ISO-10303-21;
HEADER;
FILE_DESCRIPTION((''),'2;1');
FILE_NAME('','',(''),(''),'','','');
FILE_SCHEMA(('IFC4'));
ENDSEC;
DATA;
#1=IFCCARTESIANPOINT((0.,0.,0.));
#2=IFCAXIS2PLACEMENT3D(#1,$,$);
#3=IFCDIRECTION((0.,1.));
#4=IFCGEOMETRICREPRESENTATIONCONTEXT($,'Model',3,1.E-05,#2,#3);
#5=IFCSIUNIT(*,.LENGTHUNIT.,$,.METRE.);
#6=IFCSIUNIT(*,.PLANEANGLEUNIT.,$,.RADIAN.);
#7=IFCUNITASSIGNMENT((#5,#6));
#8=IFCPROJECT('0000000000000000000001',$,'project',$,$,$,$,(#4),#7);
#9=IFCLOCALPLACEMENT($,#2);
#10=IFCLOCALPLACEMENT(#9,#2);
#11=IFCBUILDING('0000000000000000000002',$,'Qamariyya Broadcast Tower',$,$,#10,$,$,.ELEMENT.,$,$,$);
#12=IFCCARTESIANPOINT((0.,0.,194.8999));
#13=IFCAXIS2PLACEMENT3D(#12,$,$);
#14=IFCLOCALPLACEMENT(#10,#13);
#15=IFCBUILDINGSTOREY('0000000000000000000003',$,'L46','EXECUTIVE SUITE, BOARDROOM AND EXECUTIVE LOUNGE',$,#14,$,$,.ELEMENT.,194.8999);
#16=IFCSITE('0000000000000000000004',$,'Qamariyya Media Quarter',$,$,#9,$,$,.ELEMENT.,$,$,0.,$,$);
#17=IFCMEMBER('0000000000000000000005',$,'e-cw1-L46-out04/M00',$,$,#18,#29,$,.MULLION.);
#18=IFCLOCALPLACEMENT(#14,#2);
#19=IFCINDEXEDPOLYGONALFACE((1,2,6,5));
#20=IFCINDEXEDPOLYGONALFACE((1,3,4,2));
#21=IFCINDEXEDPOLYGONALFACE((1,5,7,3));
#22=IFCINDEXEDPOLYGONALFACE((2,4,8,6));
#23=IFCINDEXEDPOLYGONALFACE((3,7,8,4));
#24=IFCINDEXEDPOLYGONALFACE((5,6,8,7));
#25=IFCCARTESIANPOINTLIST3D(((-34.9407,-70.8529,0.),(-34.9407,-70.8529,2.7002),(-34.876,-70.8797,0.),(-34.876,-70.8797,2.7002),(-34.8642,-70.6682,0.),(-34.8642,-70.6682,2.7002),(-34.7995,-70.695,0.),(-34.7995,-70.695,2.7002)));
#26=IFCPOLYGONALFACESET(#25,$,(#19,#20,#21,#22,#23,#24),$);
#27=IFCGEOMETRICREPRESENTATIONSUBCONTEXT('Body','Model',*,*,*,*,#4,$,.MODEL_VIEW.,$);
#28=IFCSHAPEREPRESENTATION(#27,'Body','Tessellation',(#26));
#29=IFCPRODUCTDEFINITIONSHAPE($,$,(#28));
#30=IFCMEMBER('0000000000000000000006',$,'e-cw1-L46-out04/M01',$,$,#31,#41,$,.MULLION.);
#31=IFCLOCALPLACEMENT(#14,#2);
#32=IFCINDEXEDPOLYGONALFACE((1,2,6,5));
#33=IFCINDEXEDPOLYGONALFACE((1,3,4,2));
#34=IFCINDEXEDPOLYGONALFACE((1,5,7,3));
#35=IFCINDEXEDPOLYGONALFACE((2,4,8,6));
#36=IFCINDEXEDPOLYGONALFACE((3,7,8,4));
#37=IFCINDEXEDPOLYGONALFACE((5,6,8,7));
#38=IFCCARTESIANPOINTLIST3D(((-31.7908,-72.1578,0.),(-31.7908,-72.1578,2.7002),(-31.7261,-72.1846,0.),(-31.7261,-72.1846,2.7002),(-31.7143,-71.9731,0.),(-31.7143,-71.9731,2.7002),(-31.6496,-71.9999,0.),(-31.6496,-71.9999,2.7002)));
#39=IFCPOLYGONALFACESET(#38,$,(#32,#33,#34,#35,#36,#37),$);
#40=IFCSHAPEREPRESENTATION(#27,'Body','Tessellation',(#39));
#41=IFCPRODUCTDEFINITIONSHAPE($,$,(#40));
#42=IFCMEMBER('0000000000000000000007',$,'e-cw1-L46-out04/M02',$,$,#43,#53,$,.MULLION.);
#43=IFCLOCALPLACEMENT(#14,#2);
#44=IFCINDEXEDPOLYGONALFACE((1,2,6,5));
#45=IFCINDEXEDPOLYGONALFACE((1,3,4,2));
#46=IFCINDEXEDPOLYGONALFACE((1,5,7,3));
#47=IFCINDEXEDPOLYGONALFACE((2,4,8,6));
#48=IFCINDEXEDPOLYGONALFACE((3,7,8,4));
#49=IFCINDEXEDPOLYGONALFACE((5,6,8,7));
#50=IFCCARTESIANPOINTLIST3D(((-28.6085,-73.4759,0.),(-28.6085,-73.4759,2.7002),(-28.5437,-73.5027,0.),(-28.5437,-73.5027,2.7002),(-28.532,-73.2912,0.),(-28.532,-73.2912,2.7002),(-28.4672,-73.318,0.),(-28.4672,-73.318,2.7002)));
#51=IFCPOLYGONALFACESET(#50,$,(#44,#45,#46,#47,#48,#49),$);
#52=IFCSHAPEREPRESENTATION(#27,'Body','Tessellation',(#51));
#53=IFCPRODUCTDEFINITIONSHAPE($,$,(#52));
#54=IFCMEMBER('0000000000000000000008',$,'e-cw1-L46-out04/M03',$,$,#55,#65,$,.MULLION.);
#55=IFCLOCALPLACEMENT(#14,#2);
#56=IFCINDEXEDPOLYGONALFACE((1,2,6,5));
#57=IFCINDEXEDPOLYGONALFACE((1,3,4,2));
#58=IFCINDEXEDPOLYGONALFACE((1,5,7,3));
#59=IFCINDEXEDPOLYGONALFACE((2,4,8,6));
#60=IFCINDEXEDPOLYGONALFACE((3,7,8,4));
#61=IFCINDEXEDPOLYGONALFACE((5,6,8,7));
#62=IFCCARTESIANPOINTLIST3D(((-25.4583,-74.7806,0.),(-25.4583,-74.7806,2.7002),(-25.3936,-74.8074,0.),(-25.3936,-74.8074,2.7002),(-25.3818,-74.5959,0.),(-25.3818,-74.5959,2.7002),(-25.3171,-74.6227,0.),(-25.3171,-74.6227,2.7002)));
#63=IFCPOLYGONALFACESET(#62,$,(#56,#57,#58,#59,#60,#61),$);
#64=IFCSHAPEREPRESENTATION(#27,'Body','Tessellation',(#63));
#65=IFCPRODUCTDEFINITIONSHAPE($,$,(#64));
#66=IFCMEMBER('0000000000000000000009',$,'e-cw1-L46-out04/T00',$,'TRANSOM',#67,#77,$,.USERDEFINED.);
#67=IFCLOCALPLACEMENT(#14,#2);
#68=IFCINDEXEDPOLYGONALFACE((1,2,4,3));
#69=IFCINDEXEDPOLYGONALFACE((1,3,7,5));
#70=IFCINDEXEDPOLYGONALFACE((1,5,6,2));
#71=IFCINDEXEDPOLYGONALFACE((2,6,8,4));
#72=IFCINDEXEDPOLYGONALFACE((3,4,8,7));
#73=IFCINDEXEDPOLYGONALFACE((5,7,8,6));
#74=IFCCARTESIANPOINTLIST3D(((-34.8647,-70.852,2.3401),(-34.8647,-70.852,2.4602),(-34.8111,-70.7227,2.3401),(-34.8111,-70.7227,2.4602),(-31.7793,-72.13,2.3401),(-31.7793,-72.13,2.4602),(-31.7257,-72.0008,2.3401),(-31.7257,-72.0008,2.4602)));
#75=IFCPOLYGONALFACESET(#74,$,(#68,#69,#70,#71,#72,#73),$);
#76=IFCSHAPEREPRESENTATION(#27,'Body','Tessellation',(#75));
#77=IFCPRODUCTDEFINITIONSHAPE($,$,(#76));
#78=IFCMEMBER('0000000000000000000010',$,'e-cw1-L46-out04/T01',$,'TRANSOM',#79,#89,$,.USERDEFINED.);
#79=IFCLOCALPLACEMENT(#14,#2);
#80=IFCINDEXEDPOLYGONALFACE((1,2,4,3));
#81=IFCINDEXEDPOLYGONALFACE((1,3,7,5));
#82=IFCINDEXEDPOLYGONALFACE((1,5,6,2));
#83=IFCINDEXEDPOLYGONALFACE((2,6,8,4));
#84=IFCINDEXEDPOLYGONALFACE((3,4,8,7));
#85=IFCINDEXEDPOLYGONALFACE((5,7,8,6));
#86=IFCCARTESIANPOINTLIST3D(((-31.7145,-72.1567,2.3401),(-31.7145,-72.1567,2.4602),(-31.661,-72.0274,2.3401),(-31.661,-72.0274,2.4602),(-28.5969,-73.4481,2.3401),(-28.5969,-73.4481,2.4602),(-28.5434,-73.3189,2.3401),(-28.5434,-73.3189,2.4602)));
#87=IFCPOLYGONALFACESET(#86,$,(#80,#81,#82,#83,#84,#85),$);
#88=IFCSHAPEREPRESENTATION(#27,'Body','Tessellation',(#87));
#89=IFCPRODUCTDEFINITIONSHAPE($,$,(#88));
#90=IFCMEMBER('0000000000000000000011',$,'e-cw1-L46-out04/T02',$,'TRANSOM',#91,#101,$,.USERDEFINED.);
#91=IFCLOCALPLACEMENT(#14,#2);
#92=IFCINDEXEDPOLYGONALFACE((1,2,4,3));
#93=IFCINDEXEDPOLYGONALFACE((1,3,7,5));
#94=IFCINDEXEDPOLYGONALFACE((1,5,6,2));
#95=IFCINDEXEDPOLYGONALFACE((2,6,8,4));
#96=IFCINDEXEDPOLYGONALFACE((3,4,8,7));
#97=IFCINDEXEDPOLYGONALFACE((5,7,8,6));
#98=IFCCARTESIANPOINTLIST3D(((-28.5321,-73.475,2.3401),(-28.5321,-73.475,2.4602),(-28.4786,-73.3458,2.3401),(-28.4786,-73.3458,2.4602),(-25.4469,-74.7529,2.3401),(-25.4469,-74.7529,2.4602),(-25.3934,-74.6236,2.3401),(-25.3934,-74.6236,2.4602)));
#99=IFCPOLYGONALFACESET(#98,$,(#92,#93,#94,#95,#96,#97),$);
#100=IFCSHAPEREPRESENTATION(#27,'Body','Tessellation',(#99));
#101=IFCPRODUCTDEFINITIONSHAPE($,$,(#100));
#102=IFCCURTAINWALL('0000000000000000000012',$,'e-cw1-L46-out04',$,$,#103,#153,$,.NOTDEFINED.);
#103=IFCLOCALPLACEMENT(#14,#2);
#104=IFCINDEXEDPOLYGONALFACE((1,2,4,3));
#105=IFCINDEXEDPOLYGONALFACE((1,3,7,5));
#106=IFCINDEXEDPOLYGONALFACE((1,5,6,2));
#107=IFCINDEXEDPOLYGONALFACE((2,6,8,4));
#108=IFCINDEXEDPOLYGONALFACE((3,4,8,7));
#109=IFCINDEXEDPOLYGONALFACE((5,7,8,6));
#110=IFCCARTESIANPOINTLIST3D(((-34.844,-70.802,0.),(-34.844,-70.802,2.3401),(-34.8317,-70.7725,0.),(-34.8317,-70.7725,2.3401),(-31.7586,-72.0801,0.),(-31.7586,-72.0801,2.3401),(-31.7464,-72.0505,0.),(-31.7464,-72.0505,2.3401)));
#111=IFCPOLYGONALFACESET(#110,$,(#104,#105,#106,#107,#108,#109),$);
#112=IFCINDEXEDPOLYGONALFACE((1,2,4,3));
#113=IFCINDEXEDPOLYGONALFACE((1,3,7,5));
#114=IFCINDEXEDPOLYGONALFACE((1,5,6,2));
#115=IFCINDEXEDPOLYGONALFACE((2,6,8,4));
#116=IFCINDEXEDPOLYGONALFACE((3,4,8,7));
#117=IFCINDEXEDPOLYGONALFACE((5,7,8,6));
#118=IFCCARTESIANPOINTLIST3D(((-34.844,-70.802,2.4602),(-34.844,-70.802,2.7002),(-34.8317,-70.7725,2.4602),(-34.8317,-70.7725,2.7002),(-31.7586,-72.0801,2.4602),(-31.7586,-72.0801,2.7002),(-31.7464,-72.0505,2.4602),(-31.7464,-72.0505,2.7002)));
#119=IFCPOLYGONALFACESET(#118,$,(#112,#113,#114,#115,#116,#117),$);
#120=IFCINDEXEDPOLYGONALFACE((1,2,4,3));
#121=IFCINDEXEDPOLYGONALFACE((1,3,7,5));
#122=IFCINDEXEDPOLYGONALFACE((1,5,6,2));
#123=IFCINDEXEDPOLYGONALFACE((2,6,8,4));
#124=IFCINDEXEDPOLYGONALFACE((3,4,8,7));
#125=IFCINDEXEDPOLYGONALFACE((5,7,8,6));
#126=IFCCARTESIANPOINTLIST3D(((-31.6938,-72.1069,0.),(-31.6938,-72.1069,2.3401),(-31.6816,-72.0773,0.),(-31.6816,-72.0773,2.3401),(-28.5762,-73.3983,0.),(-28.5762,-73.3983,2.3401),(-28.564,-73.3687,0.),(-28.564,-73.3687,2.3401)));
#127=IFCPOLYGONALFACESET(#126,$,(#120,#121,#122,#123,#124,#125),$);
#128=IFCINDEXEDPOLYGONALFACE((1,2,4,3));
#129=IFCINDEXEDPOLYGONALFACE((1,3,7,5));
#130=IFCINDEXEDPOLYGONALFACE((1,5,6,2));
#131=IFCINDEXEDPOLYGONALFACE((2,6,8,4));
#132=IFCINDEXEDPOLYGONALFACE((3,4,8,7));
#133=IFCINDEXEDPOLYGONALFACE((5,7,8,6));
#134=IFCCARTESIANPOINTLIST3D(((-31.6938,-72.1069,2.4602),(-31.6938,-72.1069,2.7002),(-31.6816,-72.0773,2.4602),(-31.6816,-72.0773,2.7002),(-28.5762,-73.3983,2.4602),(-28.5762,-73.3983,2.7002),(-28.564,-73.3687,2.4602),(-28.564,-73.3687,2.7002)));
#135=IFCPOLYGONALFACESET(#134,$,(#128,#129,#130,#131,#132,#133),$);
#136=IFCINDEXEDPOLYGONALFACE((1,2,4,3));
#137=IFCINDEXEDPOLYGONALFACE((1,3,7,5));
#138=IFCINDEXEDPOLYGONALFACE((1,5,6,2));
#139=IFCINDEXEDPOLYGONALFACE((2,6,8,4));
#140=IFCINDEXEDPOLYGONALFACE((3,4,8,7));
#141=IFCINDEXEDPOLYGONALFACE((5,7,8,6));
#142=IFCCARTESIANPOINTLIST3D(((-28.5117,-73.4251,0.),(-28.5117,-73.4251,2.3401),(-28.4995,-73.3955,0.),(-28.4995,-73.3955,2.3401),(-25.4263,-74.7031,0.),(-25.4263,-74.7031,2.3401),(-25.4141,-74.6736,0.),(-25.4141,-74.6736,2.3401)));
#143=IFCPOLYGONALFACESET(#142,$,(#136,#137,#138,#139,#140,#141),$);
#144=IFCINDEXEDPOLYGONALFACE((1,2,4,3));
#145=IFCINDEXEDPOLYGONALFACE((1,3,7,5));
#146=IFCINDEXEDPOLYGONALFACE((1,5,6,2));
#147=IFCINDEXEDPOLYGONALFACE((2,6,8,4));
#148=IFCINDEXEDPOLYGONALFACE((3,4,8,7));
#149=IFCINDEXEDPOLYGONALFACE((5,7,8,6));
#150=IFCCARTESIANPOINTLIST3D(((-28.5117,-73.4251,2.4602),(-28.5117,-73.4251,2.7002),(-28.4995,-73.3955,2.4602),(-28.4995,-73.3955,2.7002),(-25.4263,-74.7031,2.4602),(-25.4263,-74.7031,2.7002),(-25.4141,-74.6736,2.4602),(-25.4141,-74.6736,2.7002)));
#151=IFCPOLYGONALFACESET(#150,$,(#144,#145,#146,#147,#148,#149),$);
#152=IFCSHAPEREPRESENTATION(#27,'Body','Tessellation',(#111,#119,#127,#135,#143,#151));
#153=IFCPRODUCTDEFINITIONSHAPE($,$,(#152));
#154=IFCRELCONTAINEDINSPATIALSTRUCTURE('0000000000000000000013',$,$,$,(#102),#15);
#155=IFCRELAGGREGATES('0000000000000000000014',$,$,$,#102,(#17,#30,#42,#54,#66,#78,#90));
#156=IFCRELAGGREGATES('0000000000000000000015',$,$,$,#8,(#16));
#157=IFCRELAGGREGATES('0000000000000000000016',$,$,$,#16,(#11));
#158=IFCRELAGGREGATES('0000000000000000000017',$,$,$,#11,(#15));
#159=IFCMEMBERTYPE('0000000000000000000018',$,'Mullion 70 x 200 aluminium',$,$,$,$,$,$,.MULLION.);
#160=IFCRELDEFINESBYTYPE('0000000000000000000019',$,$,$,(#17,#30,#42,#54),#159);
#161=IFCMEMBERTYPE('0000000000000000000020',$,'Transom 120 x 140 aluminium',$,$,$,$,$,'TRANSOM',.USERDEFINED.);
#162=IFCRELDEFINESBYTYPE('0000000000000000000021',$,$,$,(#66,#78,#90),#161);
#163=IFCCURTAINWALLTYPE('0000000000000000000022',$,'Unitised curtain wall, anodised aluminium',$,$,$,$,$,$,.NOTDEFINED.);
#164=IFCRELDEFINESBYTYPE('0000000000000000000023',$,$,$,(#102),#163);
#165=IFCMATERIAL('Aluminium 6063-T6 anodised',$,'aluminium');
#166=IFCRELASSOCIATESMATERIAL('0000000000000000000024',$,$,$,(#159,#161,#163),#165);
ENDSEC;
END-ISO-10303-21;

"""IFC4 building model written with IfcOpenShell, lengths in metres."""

from ifc_helpers import new_model, si_unit, direction, frame, origin, origin_2d, place, context, subcontext, project, spatial, rectangle, extrude, material, material_profile, profile_set, type_object, element, aggregate, save


model = new_model("IFC4")

# Units and contexts
model_context = context("Model", 3, precision=1e-05, world=origin(), true_north=direction((0.0, 1.0)))
body_context = subcontext(model_context, "Body", "Model", "MODEL_VIEW")
ifc_project = project(units=[si_unit("LENGTHUNIT", "METRE"), si_unit("PLANEANGLEUNIT", "RADIAN")], contexts=[model_context])

# Members
ifc_material = material(Name="Aluminium 6063-T6 anodised", Category="aluminium")
ifc_material_profile_1 = material_profile(ifc_material, rectangle(XDim=0.2, YDim=0.0701, at=origin_2d()))
ifc_profile_set_1 = profile_set([ifc_material_profile_1], Name="Aluminium 6063-T6 anodised")
member_type_1 = type_object("IfcMemberType", Name="Mullion 70 x 200 aluminium", PredefinedType="MULLION", material=ifc_profile_set_1)
site_placement = place(None, origin())
building_placement = place(site_placement, origin())
storey_placement = place(building_placement, frame((0.0, 0.0, 194.8999)))
member_1_placement = place(storey_placement, frame((-34.8701, -70.7739, 0.0), z_axis=(0.0, 0.0, 1.0), x_axis=(0.382683, 0.92388, 0.0)))
member_1 = element("IfcMember", 1, at=member_1_placement, type_object=member_type_1, Name="e-cw1-L46-out04/M00", PredefinedType="MULLION", context=body_context, shape_type="SweptSolid", body=[
    extrude(rectangle(XDim=0.2, YDim=0.0701, at=origin_2d()), origin(), (0.0, 0.0, 1.0), 2.7002),
])
member_2_placement = place(storey_placement, frame((-31.7202, -72.0789, 0.0), z_axis=(0.0, 0.0, 1.0), x_axis=(0.382683, 0.92388, 0.0)))
member_2 = element("IfcMember", 2, at=member_2_placement, type_object=member_type_1, Name="e-cw1-L46-out04/M01", PredefinedType="MULLION", context=body_context, shape_type="SweptSolid", body=[
    extrude(rectangle(XDim=0.2, YDim=0.0701, at=origin_2d()), origin(), (0.0, 0.0, 1.0), 2.7002),
])
member_3_placement = place(storey_placement, frame((-28.5378, -73.397, 0.0), z_axis=(0.0, 0.0, 1.0), x_axis=(0.382683, 0.92388, 0.0)))
member_3 = element("IfcMember", 3, at=member_3_placement, type_object=member_type_1, Name="e-cw1-L46-out04/M02", PredefinedType="MULLION", context=body_context, shape_type="SweptSolid", body=[
    extrude(rectangle(XDim=0.2, YDim=0.0701, at=origin_2d()), origin(), (0.0, 0.0, 1.0), 2.7002),
])
member_4_placement = place(storey_placement, frame((-25.3877, -74.7017, 0.0), z_axis=(0.0, 0.0, 1.0), x_axis=(0.382683, 0.92388, 0.0)))
member_4 = element("IfcMember", 4, at=member_4_placement, type_object=member_type_1, Name="e-cw1-L46-out04/M03", PredefinedType="MULLION", context=body_context, shape_type="SweptSolid", body=[
    extrude(rectangle(XDim=0.2, YDim=0.0701, at=origin_2d()), origin(), (0.0, 0.0, 1.0), 2.7002),
])
ifc_material_profile_2 = material_profile(ifc_material, rectangle(XDim=0.1399, YDim=0.1201, at=origin_2d()))
ifc_profile_set_2 = profile_set([ifc_material_profile_2], Name="Aluminium 6063-T6 anodised")
member_type_2 = type_object("IfcMemberType", Name="Transom 120 x 140 aluminium", ElementType="TRANSOM", PredefinedType="USERDEFINED", material=ifc_profile_set_2)
member_5_placement = place(storey_placement, frame((-34.8379, -70.7874, 2.4001), z_axis=(0.923875, -0.382694, 0.0), x_axis=(0.382694, 0.923875, 0.0)))
member_5 = element("IfcMember", 5, at=member_5_placement, type_object=member_type_2, Name="e-cw1-L46-out04/T00", ObjectType="TRANSOM", PredefinedType="USERDEFINED", context=body_context, shape_type="SweptSolid", body=[
    extrude(rectangle(XDim=0.1399, YDim=0.1201, at=origin_2d()), origin(), (0.0, 0.0, 1.0), 3.3396),
])
member_6_placement = place(storey_placement, frame((-31.6877, -72.092, 2.4001), z_axis=(0.923867, -0.382714, 0.0), x_axis=(0.382714, 0.923867, 0.0)))
member_6 = element("IfcMember", 6, at=member_6_placement, type_object=member_type_2, Name="e-cw1-L46-out04/T01", ObjectType="TRANSOM", PredefinedType="USERDEFINED", context=body_context, shape_type="SweptSolid", body=[
    extrude(rectangle(XDim=0.1399, YDim=0.1201, at=origin_2d()), origin(), (0.0, 0.0, 1.0), 3.3745),
])
member_7_placement = place(storey_placement, frame((-28.5054, -73.4104, 2.4001), z_axis=(0.92389, -0.382657, 0.0), x_axis=(0.382657, 0.92389, 0.0)))
member_7 = element("IfcMember", 7, at=member_7_placement, type_object=member_type_2, Name="e-cw1-L46-out04/T02", ObjectType="TRANSOM", PredefinedType="USERDEFINED", context=body_context, shape_type="SweptSolid", body=[
    extrude(rectangle(XDim=0.1399, YDim=0.1201, at=origin_2d()), origin(), (0.0, 0.0, 1.0), 3.3394),
])

# Site, building, storey
site = spatial("IfcSite", under=ifc_project, at=site_placement, Name="Qamariyya Media Quarter", CompositionType="ELEMENT", RefElevation=0.0)
building = spatial("IfcBuilding", under=site, at=building_placement, Name="Qamariyya Broadcast Tower", CompositionType="ELEMENT")
storey = spatial("IfcBuildingStorey", under=building, at=storey_placement, Name="L46", Description="EXECUTIVE SUITE, BOARDROOM AND EXECUTIVE LOUNGE", CompositionType="ELEMENT", Elevation=194.8999)

# Curtain wall
curtain_wall_type = type_object("IfcCurtainWallType", Name="Unitised curtain wall, anodised aluminium", PredefinedType="NOTDEFINED", material=ifc_material)
curtain_wall_1_placement = place(storey_placement, origin())
curtain_wall_1 = element("IfcCurtainWall", 8, at=curtain_wall_1_placement, inside=storey, type_object=curtain_wall_type, Name="e-cw1-L46-out04", PredefinedType="NOTDEFINED", context=body_context, shape_type="SweptSolid", body=[
    extrude(rectangle(XDim=3.3396, YDim=0.032, at=origin_2d()), frame((-33.2952, -71.4263, 0.0), x_axis=(0.923878, -0.382687, 0.0)), (0.0, 0.0, 1.0), 2.3401),
    extrude(rectangle(XDim=3.3396, YDim=0.032, at=origin_2d()), frame((-33.2952, -71.4263, 2.4602), x_axis=(0.923878, -0.382687, 0.0)), (0.0, 0.0, 1.0), 0.24),
    extrude(rectangle(XDim=3.3745, YDim=0.032, at=origin_2d()), frame((-30.1289, -72.7378, 0.0), x_axis=(0.923878, -0.382687, 0.0)), (0.0, 0.0, 1.0), 2.3401),
    extrude(rectangle(XDim=3.3745, YDim=0.032, at=origin_2d()), frame((-30.1289, -72.7378, 2.4602), x_axis=(0.923878, -0.382687, 0.0)), (0.0, 0.0, 1.0), 0.24),
    extrude(rectangle(XDim=3.3396, YDim=0.032, at=origin_2d()), frame((-26.9629, -74.0493, 0.0), x_axis=(0.923878, -0.382687, 0.0)), (0.0, 0.0, 1.0), 2.3401),
    extrude(rectangle(XDim=3.3396, YDim=0.032, at=origin_2d()), frame((-26.9629, -74.0493, 2.4602), x_axis=(0.923878, -0.382687, 0.0)), (0.0, 0.0, 1.0), 0.24),
])
aggregate(curtain_wall_1, [member_1, member_2, member_3, member_4, member_5, member_6, member_7])

save(model, "model.ifc")
